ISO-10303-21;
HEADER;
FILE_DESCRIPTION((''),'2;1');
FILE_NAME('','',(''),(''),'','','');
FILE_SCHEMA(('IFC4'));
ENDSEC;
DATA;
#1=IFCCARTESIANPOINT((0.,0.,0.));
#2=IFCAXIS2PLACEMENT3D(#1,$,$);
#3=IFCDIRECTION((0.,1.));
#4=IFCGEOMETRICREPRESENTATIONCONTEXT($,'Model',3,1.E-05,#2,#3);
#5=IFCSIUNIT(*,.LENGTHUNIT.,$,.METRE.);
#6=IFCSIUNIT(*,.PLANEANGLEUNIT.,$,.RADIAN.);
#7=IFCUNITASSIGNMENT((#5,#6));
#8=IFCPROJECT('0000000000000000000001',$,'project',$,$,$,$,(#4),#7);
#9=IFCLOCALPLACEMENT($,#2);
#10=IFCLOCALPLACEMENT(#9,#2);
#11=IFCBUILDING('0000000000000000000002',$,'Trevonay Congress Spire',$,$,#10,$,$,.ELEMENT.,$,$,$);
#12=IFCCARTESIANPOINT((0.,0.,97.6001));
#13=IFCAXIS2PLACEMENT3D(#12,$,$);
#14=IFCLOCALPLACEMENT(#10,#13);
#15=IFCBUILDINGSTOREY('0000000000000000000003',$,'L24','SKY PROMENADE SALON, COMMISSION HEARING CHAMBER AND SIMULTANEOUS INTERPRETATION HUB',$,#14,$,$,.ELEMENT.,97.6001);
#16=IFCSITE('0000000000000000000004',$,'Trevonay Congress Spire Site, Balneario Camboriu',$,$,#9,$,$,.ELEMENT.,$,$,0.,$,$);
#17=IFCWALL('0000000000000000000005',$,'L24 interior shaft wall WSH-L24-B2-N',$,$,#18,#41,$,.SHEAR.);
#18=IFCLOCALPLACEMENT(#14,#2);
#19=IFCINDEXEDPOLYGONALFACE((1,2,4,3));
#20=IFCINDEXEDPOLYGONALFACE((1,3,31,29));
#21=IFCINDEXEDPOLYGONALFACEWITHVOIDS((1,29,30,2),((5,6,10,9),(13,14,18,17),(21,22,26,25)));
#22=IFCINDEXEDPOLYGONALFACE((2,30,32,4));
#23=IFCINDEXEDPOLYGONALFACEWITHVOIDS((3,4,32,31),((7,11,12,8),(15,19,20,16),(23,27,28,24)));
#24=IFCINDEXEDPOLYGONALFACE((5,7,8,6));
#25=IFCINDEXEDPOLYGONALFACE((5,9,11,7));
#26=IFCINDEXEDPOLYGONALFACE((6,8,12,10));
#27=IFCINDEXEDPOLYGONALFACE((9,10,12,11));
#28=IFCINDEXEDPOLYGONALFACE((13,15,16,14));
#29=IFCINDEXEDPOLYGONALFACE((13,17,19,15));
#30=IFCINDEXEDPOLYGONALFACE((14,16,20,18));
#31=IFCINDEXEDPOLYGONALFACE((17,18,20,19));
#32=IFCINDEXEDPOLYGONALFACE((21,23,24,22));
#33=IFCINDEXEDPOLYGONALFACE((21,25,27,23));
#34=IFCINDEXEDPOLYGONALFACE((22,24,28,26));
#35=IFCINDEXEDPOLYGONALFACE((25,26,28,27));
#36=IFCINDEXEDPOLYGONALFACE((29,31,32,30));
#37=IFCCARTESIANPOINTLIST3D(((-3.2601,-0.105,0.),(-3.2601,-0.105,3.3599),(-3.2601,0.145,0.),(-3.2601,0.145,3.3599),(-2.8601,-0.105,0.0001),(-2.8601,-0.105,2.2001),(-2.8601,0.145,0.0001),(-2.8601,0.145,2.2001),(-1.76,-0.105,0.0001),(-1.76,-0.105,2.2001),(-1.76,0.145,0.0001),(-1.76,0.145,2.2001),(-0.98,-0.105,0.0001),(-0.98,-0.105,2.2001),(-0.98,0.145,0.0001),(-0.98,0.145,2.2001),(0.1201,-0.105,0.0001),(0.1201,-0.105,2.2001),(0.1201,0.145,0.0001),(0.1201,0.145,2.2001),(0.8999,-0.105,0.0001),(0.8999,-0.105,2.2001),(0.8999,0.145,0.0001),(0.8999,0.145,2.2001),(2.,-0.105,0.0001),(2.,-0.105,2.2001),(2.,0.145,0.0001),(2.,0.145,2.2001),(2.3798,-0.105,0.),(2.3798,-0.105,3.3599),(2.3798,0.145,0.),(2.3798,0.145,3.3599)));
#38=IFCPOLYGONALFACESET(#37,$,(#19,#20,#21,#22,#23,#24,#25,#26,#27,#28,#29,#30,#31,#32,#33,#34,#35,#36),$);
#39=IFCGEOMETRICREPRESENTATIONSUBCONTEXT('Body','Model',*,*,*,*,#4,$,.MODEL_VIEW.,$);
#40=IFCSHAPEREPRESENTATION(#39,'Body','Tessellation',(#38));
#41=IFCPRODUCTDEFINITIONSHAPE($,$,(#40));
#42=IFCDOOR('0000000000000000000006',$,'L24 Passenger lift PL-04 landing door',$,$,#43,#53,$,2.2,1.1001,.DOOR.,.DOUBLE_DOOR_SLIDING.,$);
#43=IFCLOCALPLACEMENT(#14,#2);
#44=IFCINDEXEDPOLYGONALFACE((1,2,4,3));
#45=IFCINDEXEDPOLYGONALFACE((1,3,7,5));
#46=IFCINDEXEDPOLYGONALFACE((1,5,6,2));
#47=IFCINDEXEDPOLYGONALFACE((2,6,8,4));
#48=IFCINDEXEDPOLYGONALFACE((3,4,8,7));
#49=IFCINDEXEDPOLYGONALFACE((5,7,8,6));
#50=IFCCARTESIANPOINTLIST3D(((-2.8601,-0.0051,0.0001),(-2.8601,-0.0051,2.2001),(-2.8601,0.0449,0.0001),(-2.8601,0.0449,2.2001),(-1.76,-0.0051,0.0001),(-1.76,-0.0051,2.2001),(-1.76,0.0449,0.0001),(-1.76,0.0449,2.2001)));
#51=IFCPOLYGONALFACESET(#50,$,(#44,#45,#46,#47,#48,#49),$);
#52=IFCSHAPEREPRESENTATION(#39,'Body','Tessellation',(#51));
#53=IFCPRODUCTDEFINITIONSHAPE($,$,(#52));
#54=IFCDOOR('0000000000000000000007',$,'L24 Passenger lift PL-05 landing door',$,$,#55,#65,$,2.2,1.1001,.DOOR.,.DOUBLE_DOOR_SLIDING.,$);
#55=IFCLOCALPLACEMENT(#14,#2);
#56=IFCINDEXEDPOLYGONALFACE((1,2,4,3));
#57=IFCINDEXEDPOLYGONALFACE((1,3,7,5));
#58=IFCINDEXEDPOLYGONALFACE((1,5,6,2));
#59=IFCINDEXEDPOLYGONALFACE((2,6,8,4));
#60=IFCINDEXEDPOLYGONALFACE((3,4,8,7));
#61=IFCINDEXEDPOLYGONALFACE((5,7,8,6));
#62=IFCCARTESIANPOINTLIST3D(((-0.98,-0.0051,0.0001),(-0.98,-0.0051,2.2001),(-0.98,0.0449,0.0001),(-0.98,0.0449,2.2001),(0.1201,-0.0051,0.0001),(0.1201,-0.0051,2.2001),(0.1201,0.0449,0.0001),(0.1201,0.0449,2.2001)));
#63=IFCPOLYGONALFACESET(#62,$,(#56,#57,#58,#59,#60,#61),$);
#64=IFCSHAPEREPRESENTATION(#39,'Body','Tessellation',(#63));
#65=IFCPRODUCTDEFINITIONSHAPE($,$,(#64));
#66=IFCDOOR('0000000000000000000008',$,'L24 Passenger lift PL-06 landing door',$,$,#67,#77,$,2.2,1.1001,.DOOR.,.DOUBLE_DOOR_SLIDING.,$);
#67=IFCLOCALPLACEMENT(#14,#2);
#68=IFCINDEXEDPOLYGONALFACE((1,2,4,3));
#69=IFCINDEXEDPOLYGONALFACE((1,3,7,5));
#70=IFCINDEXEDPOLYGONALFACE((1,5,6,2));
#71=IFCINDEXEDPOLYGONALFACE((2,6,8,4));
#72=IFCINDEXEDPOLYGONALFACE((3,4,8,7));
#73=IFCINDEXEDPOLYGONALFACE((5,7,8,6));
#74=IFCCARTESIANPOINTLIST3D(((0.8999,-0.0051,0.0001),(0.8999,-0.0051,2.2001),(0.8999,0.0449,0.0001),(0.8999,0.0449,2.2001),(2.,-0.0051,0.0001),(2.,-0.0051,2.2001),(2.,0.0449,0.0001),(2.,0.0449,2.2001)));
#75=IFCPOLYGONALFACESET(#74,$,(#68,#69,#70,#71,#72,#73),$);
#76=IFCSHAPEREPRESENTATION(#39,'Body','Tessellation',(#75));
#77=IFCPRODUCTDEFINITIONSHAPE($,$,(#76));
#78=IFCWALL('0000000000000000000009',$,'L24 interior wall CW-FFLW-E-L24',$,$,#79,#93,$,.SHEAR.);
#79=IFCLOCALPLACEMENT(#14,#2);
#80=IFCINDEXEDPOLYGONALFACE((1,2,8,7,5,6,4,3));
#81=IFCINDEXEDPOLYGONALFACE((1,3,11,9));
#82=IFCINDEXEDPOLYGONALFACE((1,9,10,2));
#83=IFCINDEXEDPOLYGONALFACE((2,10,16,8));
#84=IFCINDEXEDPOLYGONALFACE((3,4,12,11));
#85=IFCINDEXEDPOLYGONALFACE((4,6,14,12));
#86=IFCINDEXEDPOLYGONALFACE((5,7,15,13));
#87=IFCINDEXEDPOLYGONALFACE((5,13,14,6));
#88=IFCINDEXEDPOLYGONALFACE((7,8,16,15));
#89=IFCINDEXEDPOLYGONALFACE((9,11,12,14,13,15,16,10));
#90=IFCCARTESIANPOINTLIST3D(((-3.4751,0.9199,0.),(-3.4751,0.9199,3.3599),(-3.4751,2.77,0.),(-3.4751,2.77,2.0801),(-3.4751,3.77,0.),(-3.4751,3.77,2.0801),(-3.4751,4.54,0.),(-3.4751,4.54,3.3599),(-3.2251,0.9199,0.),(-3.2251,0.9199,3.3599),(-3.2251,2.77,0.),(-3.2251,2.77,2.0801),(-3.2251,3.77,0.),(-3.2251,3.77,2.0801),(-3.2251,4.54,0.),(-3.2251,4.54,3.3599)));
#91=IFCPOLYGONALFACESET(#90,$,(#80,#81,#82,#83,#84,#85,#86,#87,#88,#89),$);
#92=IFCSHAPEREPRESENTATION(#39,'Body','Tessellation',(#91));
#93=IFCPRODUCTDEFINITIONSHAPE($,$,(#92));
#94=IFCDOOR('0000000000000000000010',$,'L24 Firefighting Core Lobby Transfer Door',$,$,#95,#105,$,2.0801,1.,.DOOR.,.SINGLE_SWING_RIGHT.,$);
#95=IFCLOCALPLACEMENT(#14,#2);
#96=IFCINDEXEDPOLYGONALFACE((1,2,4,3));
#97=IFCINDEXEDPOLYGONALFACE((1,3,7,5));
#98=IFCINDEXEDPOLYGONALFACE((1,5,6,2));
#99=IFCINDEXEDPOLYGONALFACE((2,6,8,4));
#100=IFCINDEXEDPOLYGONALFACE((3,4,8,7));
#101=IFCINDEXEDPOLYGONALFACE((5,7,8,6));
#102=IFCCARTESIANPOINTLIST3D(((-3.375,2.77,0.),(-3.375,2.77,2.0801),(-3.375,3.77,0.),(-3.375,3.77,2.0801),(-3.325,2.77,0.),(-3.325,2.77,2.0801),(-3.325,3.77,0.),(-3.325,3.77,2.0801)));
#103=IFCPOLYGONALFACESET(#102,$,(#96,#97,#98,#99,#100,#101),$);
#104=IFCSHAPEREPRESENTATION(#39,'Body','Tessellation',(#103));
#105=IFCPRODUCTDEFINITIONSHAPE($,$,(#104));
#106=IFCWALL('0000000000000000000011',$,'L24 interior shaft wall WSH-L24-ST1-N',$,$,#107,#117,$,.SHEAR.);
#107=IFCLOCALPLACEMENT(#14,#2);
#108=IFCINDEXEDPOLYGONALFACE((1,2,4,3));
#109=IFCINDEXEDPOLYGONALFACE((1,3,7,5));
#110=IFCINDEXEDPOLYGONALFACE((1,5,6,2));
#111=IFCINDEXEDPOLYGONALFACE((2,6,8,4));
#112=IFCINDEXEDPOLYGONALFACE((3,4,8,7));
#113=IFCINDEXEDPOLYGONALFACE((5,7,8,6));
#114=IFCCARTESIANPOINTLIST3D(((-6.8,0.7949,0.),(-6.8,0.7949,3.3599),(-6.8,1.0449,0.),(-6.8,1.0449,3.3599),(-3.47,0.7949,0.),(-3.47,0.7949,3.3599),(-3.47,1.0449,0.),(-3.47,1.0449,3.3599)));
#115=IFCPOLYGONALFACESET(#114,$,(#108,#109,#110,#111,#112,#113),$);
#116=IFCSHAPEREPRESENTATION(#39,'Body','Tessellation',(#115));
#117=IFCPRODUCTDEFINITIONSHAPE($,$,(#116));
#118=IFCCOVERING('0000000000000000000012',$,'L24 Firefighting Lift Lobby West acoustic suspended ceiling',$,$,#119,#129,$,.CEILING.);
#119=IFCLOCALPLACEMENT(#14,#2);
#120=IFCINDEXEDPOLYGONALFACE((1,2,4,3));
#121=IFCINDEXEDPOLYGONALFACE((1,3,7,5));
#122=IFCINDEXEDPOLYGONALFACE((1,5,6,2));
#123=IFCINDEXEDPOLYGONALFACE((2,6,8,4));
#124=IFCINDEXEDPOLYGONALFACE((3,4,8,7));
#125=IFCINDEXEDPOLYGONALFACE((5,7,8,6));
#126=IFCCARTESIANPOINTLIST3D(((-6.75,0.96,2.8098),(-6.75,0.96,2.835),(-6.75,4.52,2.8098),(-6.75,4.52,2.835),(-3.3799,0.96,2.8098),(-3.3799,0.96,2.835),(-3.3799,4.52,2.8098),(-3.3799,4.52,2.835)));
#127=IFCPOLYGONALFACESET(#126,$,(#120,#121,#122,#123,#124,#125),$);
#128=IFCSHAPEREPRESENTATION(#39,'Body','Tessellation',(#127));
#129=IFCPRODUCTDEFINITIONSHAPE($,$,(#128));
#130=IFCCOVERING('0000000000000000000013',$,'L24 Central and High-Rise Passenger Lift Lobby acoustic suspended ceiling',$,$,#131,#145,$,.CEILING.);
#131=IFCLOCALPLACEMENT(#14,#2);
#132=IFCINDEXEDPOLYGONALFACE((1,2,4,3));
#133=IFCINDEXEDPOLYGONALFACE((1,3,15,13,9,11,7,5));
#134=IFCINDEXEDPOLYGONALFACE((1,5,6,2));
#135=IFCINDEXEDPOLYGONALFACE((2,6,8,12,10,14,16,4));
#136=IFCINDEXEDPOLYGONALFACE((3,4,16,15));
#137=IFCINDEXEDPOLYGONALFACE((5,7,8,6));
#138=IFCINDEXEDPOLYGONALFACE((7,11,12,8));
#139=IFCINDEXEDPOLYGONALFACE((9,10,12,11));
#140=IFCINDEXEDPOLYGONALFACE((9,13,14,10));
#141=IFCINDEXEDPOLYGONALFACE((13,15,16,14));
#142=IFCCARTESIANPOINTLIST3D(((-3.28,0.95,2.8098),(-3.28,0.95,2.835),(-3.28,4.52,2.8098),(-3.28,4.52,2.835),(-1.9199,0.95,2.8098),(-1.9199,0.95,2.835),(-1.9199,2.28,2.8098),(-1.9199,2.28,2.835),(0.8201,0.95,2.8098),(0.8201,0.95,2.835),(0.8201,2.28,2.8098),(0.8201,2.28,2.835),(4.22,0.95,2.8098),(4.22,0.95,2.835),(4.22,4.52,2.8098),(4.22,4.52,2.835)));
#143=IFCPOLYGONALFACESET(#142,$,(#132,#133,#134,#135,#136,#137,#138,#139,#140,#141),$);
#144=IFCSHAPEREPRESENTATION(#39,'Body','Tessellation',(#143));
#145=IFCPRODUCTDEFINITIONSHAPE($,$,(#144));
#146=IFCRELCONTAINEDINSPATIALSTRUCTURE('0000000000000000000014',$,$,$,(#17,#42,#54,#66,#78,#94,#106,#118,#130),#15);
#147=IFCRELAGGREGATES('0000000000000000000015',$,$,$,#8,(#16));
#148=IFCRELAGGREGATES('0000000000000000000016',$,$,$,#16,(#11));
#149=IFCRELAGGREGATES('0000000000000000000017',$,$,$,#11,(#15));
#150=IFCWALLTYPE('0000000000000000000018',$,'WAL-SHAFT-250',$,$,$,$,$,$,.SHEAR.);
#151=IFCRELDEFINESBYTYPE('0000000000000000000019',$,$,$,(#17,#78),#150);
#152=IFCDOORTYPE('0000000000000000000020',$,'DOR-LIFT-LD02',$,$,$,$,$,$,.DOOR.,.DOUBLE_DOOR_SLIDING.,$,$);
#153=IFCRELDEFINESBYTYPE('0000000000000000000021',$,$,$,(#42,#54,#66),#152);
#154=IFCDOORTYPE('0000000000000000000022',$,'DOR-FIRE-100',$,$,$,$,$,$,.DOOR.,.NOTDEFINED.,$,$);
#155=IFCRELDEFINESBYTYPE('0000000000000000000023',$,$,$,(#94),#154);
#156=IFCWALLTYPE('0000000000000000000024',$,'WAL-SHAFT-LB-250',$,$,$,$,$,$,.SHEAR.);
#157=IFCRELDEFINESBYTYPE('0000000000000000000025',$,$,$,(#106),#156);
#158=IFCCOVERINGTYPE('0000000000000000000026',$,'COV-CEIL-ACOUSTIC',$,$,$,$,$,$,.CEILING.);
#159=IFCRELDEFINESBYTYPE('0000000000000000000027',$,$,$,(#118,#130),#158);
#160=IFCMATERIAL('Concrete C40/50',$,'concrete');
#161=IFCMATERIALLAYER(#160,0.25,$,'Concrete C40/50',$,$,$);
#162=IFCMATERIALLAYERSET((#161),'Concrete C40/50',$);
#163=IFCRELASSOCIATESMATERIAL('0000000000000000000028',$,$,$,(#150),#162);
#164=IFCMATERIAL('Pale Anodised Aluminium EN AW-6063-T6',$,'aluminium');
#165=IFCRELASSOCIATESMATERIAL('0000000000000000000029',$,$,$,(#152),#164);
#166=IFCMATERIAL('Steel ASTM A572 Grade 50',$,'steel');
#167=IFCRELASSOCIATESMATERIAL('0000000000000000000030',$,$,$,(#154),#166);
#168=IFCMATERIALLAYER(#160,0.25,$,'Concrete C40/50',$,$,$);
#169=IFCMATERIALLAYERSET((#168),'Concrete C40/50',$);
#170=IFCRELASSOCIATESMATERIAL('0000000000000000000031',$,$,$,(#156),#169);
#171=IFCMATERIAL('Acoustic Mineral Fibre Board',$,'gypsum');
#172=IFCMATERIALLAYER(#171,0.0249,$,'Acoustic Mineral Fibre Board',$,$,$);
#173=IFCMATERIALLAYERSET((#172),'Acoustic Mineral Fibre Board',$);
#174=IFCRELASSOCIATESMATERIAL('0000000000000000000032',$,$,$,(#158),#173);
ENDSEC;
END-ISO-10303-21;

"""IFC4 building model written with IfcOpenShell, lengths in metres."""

from ifc_helpers import new_model, si_unit, direction, frame, frame_2d, origin, place, context, subcontext, project, spatial, polyline, rectangle, outline, extrude, material, layer, layer_set, type_object, element, fill, save


model = new_model("IFC4")

# Units and contexts
model_context = context("Model", 3, precision=1e-05, world=origin(), true_north=direction((0.0, 1.0)))
body_context = subcontext(model_context, "Body", "Model", "MODEL_VIEW")
ifc_project = project(units=[si_unit("LENGTHUNIT", "METRE"), si_unit("PLANEANGLEUNIT", "RADIAN")], contexts=[model_context])

# Site, building, storey
site_placement = place(None, origin())
site = spatial("IfcSite", under=ifc_project, at=site_placement, Name="Trevonay Congress Spire Site, Balneario Camboriu", CompositionType="ELEMENT", RefElevation=0.0)
building_placement = place(site_placement, origin())
building = spatial("IfcBuilding", under=site, at=building_placement, Name="Trevonay Congress Spire", CompositionType="ELEMENT")
storey_placement = place(building_placement, frame((0.0, 0.0, 97.6001)))
storey = spatial("IfcBuildingStorey", under=building, at=storey_placement, Name="L24", Description="SKY PROMENADE SALON, COMMISSION HEARING CHAMBER AND SIMULTANEOUS INTERPRETATION HUB", CompositionType="ELEMENT", Elevation=97.6001)

# Shared definitions
ifc_material_1 = material(Name="Steel ASTM A572 Grade 50", Category="steel")

# Shared definitions
ifc_material_2 = material(Name="Concrete C40/50", Category="concrete")

# Wall, openings, doors
ifc_layer_1 = layer(ifc_material_2, 0.25, Name="Concrete C40/50")
ifc_layer_set_1 = layer_set([ifc_layer_1], Name="Concrete C40/50")
wall_type_1 = type_object("IfcWallType", Name="WAL-SHAFT-250", PredefinedType="SHEAR", material=ifc_layer_set_1)
wall_1_placement = place(storey_placement, frame((-3.26, 0.02, 0.0), z_axis=(0.0, 0.0, 1.0), x_axis=(1.0, 0.0, 0.0)))
wall_1 = element("IfcWall", 1, at=wall_1_placement, inside=storey, type_object=wall_type_1, Name="L24 interior shaft wall WSH-L24-B2-N", PredefinedType="SHEAR", context=body_context, shape_type="SweptSolid", body=[
    extrude(rectangle(XDim=5.6399, YDim=0.25, at=frame_2d((2.8198, 0.0))), origin(), (0.0, 0.0, 1.0), 3.3599),
])
opening_1_placement = place(wall_1_placement, frame((0.3999, 0.0, 0.0)))
opening_1 = element("IfcOpeningElement", 2, at=opening_1_placement, cuts=wall_1, PredefinedType="OPENING", context=body_context, shape_type="SweptSolid", body=[
    extrude(rectangle(XDim=1.1001, YDim=2.2, at=frame_2d((0.55, 1.1001))), frame((0.0, 0.135, 0.0), z_axis=(0.0, -1.0, 0.0), x_axis=(1.0, 0.0, 0.0)), (0.0, 0.0, 1.0), 0.27),
])
opening_2_placement = place(wall_1_placement, frame((2.28, 0.0, 0.0)))
opening_2 = element("IfcOpeningElement", 3, at=opening_2_placement, cuts=wall_1, PredefinedType="OPENING", context=body_context, shape_type="SweptSolid", body=[
    extrude(rectangle(XDim=1.1001, YDim=2.2, at=frame_2d((0.55, 1.1001))), frame((0.0, 0.135, 0.0), z_axis=(0.0, -1.0, 0.0), x_axis=(1.0, 0.0, 0.0)), (0.0, 0.0, 1.0), 0.27),
])
opening_3_placement = place(wall_1_placement, frame((4.1599, 0.0, 0.0)))
opening_3 = element("IfcOpeningElement", 4, at=opening_3_placement, cuts=wall_1, PredefinedType="OPENING", context=body_context, shape_type="SweptSolid", body=[
    extrude(rectangle(XDim=1.1001, YDim=2.2, at=frame_2d((0.55, 1.1001))), frame((0.0, 0.135, 0.0), z_axis=(0.0, -1.0, 0.0), x_axis=(1.0, 0.0, 0.0)), (0.0, 0.0, 1.0), 0.27),
])
ifc_material_3 = material(Name="Pale Anodised Aluminium EN AW-6063-T6", Category="aluminium")
door_type_1 = type_object("IfcDoorType", Name="DOR-LIFT-LD02", OperationType="DOUBLE_DOOR_SLIDING", PredefinedType="DOOR", material=ifc_material_3)
door_1_placement = place(opening_1_placement, origin())
door_1 = element("IfcDoor", 5, at=door_1_placement, inside=storey, type_object=door_type_1, Name="L24 Passenger lift PL-04 landing door", OperationType="DOUBLE_DOOR_SLIDING", OverallHeight=2.2, OverallWidth=1.1001, PredefinedType="DOOR", context=body_context, shape_type="SweptSolid", body=[
    extrude(rectangle(XDim=1.1001, YDim=2.2, at=frame_2d((0.55, 1.1001))), frame((0.0, 0.0249, 0.0), z_axis=(0.0, -1.0, 0.0), x_axis=(1.0, 0.0, 0.0)), (0.0, 0.0, 1.0), 0.05),
])
fill(opening_1, door_1)
door_2_placement = place(opening_2_placement, origin())
door_2 = element("IfcDoor", 6, at=door_2_placement, inside=storey, type_object=door_type_1, Name="L24 Passenger lift PL-05 landing door", OperationType="DOUBLE_DOOR_SLIDING", OverallHeight=2.2, OverallWidth=1.1001, PredefinedType="DOOR", context=body_context, shape_type="SweptSolid", body=[
    extrude(rectangle(XDim=1.1001, YDim=2.2, at=frame_2d((0.55, 1.1001))), frame((0.0, 0.0249, 0.0), z_axis=(0.0, -1.0, 0.0), x_axis=(1.0, 0.0, 0.0)), (0.0, 0.0, 1.0), 0.05),
])
fill(opening_2, door_2)
door_3_placement = place(opening_3_placement, origin())
door_3 = element("IfcDoor", 7, at=door_3_placement, inside=storey, type_object=door_type_1, Name="L24 Passenger lift PL-06 landing door", OperationType="DOUBLE_DOOR_SLIDING", OverallHeight=2.2, OverallWidth=1.1001, PredefinedType="DOOR", context=body_context, shape_type="SweptSolid", body=[
    extrude(rectangle(XDim=1.1001, YDim=2.2, at=frame_2d((0.55, 1.1001))), frame((0.0, 0.0249, 0.0), z_axis=(0.0, -1.0, 0.0), x_axis=(1.0, 0.0, 0.0)), (0.0, 0.0, 1.0), 0.05),
])
fill(opening_3, door_3)

# Wall, opening, door
wall_2_placement = place(storey_placement, frame((-3.3501, 0.9199, 0.0), z_axis=(0.0, 0.0, 1.0), x_axis=(0.0, 1.0, 0.0)))
wall_2 = element("IfcWall", 8, at=wall_2_placement, inside=storey, type_object=wall_type_1, Name="L24 interior wall CW-FFLW-E-L24", PredefinedType="SHEAR", context=body_context, shape_type="SweptSolid", body=[
    extrude(rectangle(XDim=3.6201, YDim=0.25, at=frame_2d((1.8101, 0.0))), origin(), (0.0, 0.0, 1.0), 3.3599),
])
opening_4_placement = place(wall_2_placement, frame((1.8501, 0.0, 0.0)))
opening_4 = element("IfcOpeningElement", 9, at=opening_4_placement, cuts=wall_2, PredefinedType="OPENING", context=body_context, shape_type="SweptSolid", body=[
    extrude(rectangle(XDim=1.0, YDim=2.0801, at=frame_2d((0.5, 1.04))), frame((0.0, 0.135, 0.0), z_axis=(0.0, -1.0, 0.0), x_axis=(1.0, 0.0, 0.0)), (0.0, 0.0, 1.0), 0.27),
])
door_type_2 = type_object("IfcDoorType", Name="DOR-FIRE-100", OperationType="NOTDEFINED", PredefinedType="DOOR", material=ifc_material_1)
door_4_placement = place(opening_4_placement, origin())
door_4 = element("IfcDoor", 10, at=door_4_placement, inside=storey, type_object=door_type_2, Name="L24 Firefighting Core Lobby Transfer Door", OperationType="SINGLE_SWING_RIGHT", OverallHeight=2.0801, OverallWidth=1.0, PredefinedType="DOOR", context=body_context, shape_type="SweptSolid", body=[
    extrude(rectangle(XDim=1.0, YDim=2.0801, at=frame_2d((0.5, 1.04))), frame((0.0, 0.0249, 0.0), z_axis=(0.0, -1.0, 0.0), x_axis=(1.0, 0.0, 0.0)), (0.0, 0.0, 1.0), 0.05),
])
fill(opening_4, door_4)

# Wall
ifc_layer_2 = layer(ifc_material_2, 0.25, Name="Concrete C40/50")
ifc_layer_set_2 = layer_set([ifc_layer_2], Name="Concrete C40/50")
wall_type_2 = type_object("IfcWallType", Name="WAL-SHAFT-LB-250", PredefinedType="SHEAR", material=ifc_layer_set_2)
wall_3_placement = place(storey_placement, frame((-6.8, 0.9199, 0.0), z_axis=(0.0, 0.0, 1.0), x_axis=(1.0, 0.0, 0.0)))
element("IfcWall", 11, at=wall_3_placement, inside=storey, type_object=wall_type_2, Name="L24 interior shaft wall WSH-L24-ST1-N", PredefinedType="SHEAR", context=body_context, shape_type="SweptSolid", body=[
    extrude(rectangle(XDim=3.3301, YDim=0.25, at=frame_2d((1.665, 0.0))), origin(), (0.0, 0.0, 1.0), 3.3599),
])

# Coverings
ifc_material_4 = material(Name="Acoustic Mineral Fibre Board", Category="gypsum")
ifc_layer_3 = layer(ifc_material_4, 0.0249, Name="Acoustic Mineral Fibre Board")
ifc_layer_set_3 = layer_set([ifc_layer_3], Name="Acoustic Mineral Fibre Board")
covering_type_1 = type_object("IfcCoveringType", Name="COV-CEIL-ACOUSTIC", PredefinedType="CEILING", material=ifc_layer_set_3)
covering_1_placement = place(storey_placement, frame((0.0, 0.0, 2.8098)))
element("IfcCovering", 12, at=covering_1_placement, inside=storey, type_object=covering_type_1, Name="L24 Firefighting Lift Lobby West acoustic suspended ceiling", PredefinedType="CEILING", context=body_context, shape_type="SweptSolid", body=[
    extrude(outline(polyline([(-6.75, 0.96), (-3.3799, 0.96), (-3.3799, 4.52), (-6.75, 4.52), (-6.75, 0.96)])), origin(), (0.0, 0.0, 1.0), 0.0251),
])
covering_2_placement = place(storey_placement, frame((0.0, 0.0, 2.8098)))
element("IfcCovering", 13, at=covering_2_placement, inside=storey, type_object=covering_type_1, Name="L24 Central and High-Rise Passenger Lift Lobby acoustic suspended ceiling", PredefinedType="CEILING", context=body_context, shape_type="SweptSolid", body=[
    extrude(outline(polyline([(-3.28, 0.95), (-1.9199, 0.95), (-1.9199, 2.28), (0.8201, 2.28), (0.8201, 0.95), (4.22, 0.95), (4.22, 4.52), (-3.28, 4.52), (-3.28, 0.95)])), origin(), (0.0, 0.0, 1.0), 0.0251),
])

save(model, "model.ifc")
